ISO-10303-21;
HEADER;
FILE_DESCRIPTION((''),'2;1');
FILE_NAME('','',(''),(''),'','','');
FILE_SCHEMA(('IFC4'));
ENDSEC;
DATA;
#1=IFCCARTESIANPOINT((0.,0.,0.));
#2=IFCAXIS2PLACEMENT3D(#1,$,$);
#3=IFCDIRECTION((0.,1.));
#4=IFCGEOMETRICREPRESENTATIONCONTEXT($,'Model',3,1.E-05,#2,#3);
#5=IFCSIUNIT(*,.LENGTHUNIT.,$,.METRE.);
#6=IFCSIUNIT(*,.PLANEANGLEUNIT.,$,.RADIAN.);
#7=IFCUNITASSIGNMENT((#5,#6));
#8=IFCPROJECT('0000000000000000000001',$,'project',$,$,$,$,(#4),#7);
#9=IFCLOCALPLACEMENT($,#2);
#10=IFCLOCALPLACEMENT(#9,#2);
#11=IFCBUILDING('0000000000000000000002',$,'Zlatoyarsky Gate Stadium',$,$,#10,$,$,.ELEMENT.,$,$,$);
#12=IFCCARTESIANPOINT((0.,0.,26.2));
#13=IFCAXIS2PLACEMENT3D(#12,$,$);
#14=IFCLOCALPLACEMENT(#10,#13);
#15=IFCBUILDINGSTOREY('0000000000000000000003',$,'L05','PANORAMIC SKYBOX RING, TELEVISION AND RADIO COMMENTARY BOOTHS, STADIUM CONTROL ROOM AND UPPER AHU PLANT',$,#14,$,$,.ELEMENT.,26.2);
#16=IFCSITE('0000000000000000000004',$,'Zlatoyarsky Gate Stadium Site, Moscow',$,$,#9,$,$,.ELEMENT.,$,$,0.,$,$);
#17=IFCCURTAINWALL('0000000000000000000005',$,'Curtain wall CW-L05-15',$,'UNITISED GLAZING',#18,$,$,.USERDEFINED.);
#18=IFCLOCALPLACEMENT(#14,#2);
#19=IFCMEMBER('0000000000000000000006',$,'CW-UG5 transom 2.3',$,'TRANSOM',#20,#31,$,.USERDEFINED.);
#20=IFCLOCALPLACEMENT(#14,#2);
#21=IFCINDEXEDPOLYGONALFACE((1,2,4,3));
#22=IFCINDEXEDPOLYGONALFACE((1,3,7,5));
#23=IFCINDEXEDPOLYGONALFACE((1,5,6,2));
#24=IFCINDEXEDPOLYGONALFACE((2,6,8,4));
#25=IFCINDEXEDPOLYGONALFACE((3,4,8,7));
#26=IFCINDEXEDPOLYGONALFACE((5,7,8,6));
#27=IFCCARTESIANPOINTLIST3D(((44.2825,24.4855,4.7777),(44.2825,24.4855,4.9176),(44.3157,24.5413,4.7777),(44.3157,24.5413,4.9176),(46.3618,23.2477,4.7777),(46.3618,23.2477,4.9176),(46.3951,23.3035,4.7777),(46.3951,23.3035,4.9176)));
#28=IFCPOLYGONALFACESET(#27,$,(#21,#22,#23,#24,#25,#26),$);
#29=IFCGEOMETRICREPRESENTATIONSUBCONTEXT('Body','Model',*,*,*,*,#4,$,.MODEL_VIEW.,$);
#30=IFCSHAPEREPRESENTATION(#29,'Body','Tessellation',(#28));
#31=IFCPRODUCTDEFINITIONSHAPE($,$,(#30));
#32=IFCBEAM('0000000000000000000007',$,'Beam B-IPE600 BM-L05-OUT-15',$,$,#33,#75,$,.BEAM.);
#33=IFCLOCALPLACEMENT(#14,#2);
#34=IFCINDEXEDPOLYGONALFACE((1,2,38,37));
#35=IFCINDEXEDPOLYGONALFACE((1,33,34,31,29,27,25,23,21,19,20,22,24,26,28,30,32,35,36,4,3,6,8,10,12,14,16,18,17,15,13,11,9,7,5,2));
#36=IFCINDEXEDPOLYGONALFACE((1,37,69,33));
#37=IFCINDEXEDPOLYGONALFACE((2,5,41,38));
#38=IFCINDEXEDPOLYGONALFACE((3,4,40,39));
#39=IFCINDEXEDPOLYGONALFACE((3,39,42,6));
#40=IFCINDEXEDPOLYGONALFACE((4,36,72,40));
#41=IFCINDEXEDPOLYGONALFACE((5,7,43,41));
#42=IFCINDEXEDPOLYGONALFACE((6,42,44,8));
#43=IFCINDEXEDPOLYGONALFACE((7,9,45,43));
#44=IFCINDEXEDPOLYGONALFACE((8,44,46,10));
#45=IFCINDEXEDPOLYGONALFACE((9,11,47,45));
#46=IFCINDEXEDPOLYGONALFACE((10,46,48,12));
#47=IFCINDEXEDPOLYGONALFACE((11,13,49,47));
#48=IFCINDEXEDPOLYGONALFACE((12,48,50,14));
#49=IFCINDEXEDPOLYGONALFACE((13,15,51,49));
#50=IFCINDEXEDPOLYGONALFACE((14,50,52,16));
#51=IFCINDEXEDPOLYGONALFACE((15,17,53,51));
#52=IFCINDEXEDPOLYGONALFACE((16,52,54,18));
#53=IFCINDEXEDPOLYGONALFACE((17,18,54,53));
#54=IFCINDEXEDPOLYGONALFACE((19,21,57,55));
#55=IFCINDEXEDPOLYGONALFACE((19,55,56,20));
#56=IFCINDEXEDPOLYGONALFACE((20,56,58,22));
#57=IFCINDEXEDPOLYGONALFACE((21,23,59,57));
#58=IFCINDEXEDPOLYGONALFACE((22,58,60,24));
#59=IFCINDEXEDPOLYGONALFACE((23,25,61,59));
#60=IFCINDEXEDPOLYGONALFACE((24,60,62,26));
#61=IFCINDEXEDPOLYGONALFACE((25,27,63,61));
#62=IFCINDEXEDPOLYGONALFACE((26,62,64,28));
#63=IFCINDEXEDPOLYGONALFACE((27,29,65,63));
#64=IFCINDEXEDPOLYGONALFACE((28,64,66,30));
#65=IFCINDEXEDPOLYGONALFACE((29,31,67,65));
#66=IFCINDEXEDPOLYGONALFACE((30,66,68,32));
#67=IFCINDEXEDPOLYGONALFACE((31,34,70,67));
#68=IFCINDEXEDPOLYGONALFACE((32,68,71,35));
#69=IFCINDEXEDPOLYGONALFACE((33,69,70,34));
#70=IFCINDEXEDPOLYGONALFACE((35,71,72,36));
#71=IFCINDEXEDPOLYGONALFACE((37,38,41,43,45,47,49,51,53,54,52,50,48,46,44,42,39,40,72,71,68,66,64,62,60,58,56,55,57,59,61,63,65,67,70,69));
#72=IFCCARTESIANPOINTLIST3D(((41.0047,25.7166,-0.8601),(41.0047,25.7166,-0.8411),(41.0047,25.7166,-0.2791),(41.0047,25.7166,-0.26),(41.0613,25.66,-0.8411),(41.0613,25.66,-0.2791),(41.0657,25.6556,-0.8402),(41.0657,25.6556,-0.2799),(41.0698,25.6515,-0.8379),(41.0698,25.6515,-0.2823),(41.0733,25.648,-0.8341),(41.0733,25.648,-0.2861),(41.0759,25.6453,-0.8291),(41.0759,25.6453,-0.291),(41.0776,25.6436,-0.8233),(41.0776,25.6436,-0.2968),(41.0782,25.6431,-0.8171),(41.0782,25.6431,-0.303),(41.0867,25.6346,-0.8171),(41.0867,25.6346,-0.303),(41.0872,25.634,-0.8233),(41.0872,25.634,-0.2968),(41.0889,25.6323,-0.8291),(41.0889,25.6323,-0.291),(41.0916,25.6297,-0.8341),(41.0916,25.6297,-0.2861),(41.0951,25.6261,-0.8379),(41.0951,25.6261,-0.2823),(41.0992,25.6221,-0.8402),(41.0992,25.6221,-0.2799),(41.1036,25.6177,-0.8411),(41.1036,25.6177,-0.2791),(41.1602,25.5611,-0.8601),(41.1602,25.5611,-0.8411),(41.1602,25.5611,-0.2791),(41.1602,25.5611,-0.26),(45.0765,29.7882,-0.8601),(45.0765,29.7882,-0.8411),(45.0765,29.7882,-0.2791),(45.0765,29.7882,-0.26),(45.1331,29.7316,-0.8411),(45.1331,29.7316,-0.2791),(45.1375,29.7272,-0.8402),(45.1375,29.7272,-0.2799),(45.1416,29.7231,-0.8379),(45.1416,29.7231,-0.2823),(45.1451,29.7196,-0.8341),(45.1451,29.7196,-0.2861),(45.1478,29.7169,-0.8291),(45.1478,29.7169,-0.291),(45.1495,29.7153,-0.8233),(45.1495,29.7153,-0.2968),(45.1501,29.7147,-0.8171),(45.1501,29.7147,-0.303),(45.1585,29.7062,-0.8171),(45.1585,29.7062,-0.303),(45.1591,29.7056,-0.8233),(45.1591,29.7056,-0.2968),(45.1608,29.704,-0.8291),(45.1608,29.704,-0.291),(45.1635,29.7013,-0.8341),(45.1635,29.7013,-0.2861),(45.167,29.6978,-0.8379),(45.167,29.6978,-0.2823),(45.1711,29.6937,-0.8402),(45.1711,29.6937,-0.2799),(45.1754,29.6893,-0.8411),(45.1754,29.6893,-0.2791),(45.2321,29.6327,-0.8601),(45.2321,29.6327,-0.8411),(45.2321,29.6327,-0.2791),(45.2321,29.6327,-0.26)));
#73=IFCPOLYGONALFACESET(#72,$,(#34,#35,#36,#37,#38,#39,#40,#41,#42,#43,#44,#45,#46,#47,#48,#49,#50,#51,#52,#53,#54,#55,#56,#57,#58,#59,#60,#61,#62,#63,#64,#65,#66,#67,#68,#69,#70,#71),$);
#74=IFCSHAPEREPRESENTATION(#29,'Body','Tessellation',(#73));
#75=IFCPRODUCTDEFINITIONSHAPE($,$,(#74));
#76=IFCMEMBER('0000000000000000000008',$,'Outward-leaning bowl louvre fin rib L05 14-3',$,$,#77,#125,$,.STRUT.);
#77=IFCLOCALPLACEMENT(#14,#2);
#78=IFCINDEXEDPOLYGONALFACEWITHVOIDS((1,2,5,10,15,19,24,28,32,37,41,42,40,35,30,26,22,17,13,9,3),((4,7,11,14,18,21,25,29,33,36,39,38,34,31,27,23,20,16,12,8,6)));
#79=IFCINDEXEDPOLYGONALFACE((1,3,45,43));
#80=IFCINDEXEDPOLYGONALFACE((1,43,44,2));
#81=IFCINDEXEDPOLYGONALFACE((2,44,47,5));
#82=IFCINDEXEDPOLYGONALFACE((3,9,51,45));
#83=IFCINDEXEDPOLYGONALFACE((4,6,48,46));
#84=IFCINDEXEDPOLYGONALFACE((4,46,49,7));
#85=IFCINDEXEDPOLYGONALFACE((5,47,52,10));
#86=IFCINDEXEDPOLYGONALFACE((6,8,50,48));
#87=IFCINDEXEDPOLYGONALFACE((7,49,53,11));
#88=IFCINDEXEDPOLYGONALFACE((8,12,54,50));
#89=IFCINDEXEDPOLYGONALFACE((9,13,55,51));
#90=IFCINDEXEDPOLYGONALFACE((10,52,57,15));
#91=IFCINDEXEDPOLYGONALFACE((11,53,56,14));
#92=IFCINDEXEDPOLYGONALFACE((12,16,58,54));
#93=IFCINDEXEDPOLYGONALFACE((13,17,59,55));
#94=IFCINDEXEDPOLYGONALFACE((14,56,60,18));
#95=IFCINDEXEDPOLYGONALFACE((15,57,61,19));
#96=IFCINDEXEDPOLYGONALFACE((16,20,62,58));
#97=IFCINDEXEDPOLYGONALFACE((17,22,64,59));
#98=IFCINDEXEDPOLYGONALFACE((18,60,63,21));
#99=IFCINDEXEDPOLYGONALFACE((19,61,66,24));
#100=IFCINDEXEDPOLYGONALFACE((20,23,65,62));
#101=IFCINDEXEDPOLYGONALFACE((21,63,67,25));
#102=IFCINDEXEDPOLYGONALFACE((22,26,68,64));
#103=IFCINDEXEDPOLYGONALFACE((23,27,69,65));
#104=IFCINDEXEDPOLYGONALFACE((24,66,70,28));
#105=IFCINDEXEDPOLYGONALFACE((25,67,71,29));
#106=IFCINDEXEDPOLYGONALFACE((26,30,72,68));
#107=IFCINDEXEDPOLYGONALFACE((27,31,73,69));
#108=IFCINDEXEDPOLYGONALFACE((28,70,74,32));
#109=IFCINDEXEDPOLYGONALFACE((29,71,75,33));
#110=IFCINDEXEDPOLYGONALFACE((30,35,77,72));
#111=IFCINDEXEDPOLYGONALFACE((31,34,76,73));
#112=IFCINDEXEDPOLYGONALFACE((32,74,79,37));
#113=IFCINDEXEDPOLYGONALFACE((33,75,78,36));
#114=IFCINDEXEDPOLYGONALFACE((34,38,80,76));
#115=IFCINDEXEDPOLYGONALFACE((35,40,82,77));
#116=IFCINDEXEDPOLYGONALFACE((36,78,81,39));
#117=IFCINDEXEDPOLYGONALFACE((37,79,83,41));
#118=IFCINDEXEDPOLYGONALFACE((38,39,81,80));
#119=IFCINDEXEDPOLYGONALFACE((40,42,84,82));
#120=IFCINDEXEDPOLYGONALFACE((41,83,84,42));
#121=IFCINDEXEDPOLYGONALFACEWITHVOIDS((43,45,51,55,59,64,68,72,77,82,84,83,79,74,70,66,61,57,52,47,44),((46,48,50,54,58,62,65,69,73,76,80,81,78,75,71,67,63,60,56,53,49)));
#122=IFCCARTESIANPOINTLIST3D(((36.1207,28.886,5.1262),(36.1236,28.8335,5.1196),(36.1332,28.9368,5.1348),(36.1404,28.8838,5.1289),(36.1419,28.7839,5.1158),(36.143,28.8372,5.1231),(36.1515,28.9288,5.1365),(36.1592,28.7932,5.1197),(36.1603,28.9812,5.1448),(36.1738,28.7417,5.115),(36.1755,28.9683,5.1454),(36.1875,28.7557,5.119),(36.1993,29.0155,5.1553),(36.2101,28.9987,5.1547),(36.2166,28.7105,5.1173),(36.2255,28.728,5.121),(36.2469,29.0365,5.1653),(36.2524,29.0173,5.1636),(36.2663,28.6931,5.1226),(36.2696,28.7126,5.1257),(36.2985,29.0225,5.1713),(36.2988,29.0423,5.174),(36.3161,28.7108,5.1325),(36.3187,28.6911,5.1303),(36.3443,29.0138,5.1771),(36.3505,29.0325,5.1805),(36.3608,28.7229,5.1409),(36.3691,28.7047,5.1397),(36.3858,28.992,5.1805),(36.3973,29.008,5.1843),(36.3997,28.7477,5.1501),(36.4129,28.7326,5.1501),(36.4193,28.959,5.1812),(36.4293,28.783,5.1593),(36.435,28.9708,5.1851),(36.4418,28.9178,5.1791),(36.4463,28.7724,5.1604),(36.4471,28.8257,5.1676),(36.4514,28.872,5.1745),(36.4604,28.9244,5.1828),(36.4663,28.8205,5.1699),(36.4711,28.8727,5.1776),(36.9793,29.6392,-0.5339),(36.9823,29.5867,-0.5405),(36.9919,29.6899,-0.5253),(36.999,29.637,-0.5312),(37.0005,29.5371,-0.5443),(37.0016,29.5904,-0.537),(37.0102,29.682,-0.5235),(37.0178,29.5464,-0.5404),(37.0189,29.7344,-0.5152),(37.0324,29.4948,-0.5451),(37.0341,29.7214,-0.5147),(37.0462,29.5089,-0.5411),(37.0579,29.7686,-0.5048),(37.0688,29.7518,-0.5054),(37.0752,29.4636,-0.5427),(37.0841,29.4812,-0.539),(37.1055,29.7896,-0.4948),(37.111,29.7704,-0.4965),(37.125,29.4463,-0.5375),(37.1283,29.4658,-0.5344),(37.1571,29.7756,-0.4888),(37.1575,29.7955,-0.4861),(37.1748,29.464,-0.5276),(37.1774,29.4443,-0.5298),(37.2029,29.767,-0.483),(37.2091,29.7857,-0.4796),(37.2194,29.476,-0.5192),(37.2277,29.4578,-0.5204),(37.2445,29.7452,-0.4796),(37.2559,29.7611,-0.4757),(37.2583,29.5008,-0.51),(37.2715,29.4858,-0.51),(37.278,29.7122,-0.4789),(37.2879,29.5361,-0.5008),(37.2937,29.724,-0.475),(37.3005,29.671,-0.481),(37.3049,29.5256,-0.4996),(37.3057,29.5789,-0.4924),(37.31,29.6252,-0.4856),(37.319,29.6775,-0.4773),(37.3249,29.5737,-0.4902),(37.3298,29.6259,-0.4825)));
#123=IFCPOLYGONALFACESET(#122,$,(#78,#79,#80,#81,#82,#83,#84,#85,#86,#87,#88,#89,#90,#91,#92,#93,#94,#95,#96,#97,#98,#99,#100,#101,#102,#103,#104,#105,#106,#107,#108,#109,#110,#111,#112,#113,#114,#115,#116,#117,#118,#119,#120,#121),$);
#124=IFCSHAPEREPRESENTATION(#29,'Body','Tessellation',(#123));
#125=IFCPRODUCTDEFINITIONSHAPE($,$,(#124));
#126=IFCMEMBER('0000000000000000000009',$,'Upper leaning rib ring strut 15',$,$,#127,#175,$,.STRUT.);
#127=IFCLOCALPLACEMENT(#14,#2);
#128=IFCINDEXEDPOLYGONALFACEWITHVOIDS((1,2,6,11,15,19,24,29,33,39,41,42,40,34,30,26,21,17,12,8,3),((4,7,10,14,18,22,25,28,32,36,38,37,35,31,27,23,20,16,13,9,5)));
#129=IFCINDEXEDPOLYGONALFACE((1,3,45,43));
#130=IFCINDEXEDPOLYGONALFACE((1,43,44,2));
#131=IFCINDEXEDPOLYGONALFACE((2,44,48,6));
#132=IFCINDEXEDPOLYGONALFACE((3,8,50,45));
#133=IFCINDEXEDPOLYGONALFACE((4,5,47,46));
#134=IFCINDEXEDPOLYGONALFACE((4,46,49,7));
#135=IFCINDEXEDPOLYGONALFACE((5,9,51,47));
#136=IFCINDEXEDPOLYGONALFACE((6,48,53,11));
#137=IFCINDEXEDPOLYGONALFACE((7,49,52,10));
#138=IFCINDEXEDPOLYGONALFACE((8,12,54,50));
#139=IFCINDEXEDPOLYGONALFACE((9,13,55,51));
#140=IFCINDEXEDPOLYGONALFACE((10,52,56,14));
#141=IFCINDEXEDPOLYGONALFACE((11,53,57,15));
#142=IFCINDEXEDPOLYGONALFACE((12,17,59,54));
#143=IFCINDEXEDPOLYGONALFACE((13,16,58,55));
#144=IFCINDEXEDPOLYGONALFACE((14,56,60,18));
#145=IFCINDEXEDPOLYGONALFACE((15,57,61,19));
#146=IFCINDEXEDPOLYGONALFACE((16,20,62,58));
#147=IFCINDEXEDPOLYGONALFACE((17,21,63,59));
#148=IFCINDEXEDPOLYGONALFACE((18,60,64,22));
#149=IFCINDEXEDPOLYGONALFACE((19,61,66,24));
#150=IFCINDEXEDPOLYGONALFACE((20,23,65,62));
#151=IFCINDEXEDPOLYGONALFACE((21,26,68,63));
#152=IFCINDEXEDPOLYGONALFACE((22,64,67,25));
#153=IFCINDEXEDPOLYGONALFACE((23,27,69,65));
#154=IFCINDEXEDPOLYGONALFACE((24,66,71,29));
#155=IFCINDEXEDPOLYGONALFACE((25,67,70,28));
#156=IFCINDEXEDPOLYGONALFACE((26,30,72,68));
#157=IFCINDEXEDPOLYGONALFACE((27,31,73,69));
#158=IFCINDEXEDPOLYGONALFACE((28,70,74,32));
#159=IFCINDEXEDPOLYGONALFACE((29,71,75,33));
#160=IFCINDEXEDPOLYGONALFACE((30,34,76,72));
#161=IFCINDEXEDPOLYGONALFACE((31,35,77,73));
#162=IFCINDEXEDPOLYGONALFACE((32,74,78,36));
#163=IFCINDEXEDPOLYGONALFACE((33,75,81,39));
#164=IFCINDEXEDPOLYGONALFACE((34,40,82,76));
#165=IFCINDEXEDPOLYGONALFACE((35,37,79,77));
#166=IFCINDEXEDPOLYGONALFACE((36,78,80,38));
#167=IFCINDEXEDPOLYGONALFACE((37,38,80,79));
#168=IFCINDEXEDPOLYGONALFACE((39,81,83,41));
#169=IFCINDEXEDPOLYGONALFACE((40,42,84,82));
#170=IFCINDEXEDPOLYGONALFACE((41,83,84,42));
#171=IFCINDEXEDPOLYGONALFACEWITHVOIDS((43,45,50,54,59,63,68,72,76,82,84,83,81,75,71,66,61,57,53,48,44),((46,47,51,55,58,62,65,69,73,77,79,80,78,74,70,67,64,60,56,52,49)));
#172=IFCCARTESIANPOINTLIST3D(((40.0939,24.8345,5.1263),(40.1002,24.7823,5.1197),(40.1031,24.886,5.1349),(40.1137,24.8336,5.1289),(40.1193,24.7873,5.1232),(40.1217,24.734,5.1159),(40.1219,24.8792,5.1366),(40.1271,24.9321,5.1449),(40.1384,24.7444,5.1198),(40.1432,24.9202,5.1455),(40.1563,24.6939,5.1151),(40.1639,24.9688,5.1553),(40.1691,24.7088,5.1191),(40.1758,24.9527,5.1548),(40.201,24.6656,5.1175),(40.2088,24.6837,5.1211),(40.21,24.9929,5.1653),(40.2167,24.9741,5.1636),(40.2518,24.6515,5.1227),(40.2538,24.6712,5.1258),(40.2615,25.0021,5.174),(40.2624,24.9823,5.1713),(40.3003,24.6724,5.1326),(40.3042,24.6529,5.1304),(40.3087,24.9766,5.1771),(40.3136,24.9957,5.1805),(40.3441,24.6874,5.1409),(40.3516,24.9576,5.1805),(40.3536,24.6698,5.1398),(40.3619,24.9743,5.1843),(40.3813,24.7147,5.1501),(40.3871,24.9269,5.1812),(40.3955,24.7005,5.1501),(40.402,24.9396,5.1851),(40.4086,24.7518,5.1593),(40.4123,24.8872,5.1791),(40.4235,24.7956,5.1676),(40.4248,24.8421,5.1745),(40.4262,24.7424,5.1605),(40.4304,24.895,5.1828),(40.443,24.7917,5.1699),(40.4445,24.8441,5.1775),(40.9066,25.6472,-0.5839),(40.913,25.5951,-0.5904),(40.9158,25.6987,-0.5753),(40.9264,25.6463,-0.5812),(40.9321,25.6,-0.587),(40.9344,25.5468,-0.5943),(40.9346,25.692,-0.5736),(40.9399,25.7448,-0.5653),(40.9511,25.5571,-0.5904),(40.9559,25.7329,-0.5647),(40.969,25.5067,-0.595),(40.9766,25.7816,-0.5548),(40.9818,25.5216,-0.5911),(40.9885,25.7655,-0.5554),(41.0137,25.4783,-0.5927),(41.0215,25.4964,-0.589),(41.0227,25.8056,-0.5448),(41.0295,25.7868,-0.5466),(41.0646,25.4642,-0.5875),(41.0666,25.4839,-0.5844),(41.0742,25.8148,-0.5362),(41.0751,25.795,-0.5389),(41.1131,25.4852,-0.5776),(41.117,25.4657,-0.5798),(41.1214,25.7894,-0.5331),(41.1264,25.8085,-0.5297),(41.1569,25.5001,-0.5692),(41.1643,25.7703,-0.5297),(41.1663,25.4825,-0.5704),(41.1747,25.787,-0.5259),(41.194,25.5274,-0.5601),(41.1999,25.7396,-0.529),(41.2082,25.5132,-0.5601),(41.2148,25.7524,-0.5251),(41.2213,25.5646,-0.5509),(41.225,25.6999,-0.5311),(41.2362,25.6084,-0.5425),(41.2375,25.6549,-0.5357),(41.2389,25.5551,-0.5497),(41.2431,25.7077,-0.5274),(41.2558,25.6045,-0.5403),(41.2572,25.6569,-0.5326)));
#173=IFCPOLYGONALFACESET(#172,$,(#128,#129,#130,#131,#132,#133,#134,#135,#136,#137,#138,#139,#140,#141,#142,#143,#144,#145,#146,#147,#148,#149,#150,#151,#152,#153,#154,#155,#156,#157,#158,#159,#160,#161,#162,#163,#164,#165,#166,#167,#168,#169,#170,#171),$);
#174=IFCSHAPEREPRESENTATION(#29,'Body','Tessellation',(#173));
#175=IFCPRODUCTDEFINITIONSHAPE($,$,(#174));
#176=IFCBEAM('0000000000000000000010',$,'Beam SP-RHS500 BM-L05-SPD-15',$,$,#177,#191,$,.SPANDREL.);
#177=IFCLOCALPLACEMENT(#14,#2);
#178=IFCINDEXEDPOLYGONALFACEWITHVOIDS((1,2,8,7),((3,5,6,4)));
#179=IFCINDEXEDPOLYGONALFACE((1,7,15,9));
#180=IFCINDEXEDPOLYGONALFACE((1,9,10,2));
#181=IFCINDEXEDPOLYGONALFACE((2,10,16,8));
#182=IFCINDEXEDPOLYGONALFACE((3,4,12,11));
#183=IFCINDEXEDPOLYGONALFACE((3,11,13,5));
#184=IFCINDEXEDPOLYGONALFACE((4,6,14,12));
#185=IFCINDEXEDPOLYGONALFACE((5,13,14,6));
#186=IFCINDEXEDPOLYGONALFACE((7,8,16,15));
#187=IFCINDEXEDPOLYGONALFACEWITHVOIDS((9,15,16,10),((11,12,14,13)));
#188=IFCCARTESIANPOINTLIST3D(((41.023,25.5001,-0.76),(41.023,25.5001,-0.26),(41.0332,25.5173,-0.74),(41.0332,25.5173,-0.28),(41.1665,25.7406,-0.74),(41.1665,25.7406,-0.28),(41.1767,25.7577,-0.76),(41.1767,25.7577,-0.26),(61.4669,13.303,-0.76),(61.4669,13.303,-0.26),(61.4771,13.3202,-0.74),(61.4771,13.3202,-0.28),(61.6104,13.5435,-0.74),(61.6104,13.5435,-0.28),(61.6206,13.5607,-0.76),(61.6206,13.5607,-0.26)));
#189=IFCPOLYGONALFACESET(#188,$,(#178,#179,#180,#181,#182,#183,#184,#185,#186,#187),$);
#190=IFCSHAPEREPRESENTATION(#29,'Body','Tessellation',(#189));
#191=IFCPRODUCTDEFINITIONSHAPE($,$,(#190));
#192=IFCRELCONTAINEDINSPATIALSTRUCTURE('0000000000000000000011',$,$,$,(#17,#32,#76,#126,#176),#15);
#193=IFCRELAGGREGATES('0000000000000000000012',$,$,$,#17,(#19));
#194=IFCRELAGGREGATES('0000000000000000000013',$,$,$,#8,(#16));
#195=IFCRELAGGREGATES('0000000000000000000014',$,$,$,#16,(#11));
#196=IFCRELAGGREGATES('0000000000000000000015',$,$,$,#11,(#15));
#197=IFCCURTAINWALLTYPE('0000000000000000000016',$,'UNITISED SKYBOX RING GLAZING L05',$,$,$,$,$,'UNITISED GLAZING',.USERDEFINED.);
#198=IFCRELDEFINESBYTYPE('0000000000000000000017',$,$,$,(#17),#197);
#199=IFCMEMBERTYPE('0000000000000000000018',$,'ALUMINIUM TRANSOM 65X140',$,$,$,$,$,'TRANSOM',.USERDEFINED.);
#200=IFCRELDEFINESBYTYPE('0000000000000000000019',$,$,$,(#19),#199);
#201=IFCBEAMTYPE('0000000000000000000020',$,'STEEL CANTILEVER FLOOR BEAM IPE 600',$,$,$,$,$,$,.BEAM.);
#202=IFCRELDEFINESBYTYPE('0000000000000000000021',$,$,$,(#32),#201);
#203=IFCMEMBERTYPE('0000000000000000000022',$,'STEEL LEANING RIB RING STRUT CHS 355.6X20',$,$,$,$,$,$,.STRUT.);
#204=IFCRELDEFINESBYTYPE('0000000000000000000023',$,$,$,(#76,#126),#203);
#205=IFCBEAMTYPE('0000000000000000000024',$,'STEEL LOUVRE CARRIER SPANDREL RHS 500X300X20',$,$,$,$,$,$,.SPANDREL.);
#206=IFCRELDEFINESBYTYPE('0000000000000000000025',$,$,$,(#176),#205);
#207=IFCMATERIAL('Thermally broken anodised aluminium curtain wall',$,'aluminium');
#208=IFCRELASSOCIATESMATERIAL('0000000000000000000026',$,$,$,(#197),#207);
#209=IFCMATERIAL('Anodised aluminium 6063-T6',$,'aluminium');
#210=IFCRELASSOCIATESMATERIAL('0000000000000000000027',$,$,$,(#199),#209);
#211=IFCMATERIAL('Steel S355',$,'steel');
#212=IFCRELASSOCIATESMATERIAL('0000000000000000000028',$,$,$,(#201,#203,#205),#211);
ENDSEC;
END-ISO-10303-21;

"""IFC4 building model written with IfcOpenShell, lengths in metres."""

from ifc_helpers import new_model, si_unit, direction, frame, origin, origin_2d, place, context, subcontext, project, spatial, rectangle, hollow_rectangle, hollow_circle, i_section, extrude, material, material_profile, profile_set, type_object, element, aggregate, save


model = new_model("IFC4")

# Units and contexts
model_context = context("Model", 3, precision=1e-05, world=origin(), true_north=direction((0.0, 1.0)))
body_context = subcontext(model_context, "Body", "Model", "MODEL_VIEW")
ifc_project = project(units=[si_unit("LENGTHUNIT", "METRE"), si_unit("PLANEANGLEUNIT", "RADIAN")], contexts=[model_context])

# Site, building, storey
site_placement = place(None, origin())
site = spatial("IfcSite", under=ifc_project, at=site_placement, Name="Zlatoyarsky Gate Stadium Site, Moscow", CompositionType="ELEMENT", RefElevation=0.0)
building_placement = place(site_placement, origin())
building = spatial("IfcBuilding", under=site, at=building_placement, Name="Zlatoyarsky Gate Stadium", CompositionType="ELEMENT")
storey_placement = place(building_placement, frame((0.0, 0.0, 26.2)))
storey = spatial("IfcBuildingStorey", under=building, at=storey_placement, Name="L05", Description="PANORAMIC SKYBOX RING, TELEVISION AND RADIO COMMENTARY BOOTHS, STADIUM CONTROL ROOM AND UPPER AHU PLANT", CompositionType="ELEMENT", Elevation=26.2)

# Curtain wall
ifc_material_1 = material(Name="Thermally broken anodised aluminium curtain wall", Category="aluminium")
curtain_wall_type = type_object("IfcCurtainWallType", Name="UNITISED SKYBOX RING GLAZING L05", ElementType="UNITISED GLAZING", PredefinedType="USERDEFINED", material=ifc_material_1)
ifc_material_2 = material(Name="Anodised aluminium 6063-T6", Category="aluminium")
curtain_wall_1_placement = place(storey_placement, origin())
curtain_wall_1 = element("IfcCurtainWall", 1, at=curtain_wall_1_placement, inside=storey, type_object=curtain_wall_type, Name="Curtain wall CW-L05-15", ObjectType="UNITISED GLAZING", PredefinedType="USERDEFINED")

# Member
ifc_material_profile_1 = material_profile(ifc_material_2, rectangle(XDim=0.0649, YDim=0.1399, at=origin_2d()), Name="ALU 65X140")
ifc_profile_set_1 = profile_set([ifc_material_profile_1], Name="Anodised aluminium 6063-T6")
member_type_1 = type_object("IfcMemberType", Name="ALUMINIUM TRANSOM 65X140", ElementType="TRANSOM", PredefinedType="USERDEFINED", material=ifc_profile_set_1)
member_1_placement = place(storey_placement, frame((44.2991, 24.5134, 4.8477), z_axis=(0.859277, -0.51151, 0.0), x_axis=(0.51151, 0.859277, 0.0)))
member_1 = element("IfcMember", 2, at=member_1_placement, type_object=member_type_1, Name="CW-UG5 transom 2.3", ObjectType="TRANSOM", PredefinedType="USERDEFINED", context=body_context, shape_type="SweptSolid", body=[
    extrude(rectangle(XDim=0.0649, YDim=0.1399, at=origin_2d()), origin(), (0.0, 0.0, 1.0), 2.4199),
])

# Beam
ifc_material_3 = material(Name="Steel S355", Category="steel")
ifc_material_profile_2 = material_profile(ifc_material_3, i_section(OverallWidth=0.22, OverallDepth=0.6001, WebThickness=0.012, FlangeThickness=0.019, FilletRadius=0.0239, at=origin_2d()), Name="IPE 600")
ifc_profile_set_2 = profile_set([ifc_material_profile_2], Name="Steel S355")
beam_type_1 = type_object("IfcBeamType", Name="STEEL CANTILEVER FLOOR BEAM IPE 600", PredefinedType="BEAM", material=ifc_profile_set_2)
beam_1_placement = place(storey_placement, frame((45.1543, 29.7104, -0.5601), z_axis=(-0.707128, -0.707086, 0.0), x_axis=(0.707086, -0.707128, 0.0)))
element("IfcBeam", 3, at=beam_1_placement, inside=storey, type_object=beam_type_1, Name="Beam B-IPE600 BM-L05-OUT-15", PredefinedType="BEAM", context=body_context, shape_type="SweptSolid", body=[
    extrude(i_section(OverallWidth=0.22, OverallDepth=0.6001, WebThickness=0.012, FlangeThickness=0.019, FilletRadius=0.0239, at=origin_2d()), origin(), (0.0, 0.0, 1.0), 5.7583),
])

# Members
ifc_material_profile_3 = material_profile(ifc_material_3, hollow_circle(Radius=0.1777, WallThickness=0.02, at=origin_2d()), Name="CHS 355.6X20")
ifc_profile_set_3 = profile_set([ifc_material_profile_3], Name="Steel S355")
member_type_2 = type_object("IfcMemberType", Name="STEEL LEANING RIB RING STRUT CHS 355.6X20", PredefinedType="STRUT", material=ifc_profile_set_3)
member_2_placement = place(storey_placement, frame((37.1543, 29.6194, -0.51), z_axis=(-0.148702, -0.130437, 0.980242), x_axis=(0.659427, -0.751768, 0.0)))
element("IfcMember", 4, at=member_2_placement, inside=storey, type_object=member_type_2, Name="Outward-leaning bowl louvre fin rib L05 14-3", PredefinedType="STRUT", context=body_context, shape_type="SweptSolid", body=[
    extrude(hollow_circle(Radius=0.1777, WallThickness=0.02, at=origin_2d()), origin(), (0.0, 0.0, 1.0), 5.7742),
])
member_3_placement = place(storey_placement, frame((41.0825, 25.6389, -0.5601), z_axis=(-0.139533, -0.139533, 0.980337), x_axis=(0.707107, -0.707107, 0.0)))
element("IfcMember", 5, at=member_3_placement, inside=storey, type_object=member_type_2, Name="Upper leaning rib ring strut 15", PredefinedType="STRUT", context=body_context, shape_type="SweptSolid", body=[
    extrude(hollow_circle(Radius=0.1777, WallThickness=0.02, at=origin_2d()), origin(), (0.0, 0.0, 1.0), 5.8247),
])

# Beam
ifc_material_profile_4 = material_profile(ifc_material_3, hollow_rectangle(XDim=0.3, YDim=0.5, WallThickness=0.02, at=origin_2d()), Name="RHS 500X300X20")
ifc_profile_set_4 = profile_set([ifc_material_profile_4], Name="Steel S355")
beam_type_2 = type_object("IfcBeamType", Name="STEEL LOUVRE CARRIER SPANDREL RHS 500X300X20", PredefinedType="SPANDREL", material=ifc_profile_set_4)
beam_2_placement = place(storey_placement, frame((41.0999, 25.6289, -0.51), z_axis=(0.858774, -0.512354, 0.0), x_axis=(0.512354, 0.858774, 0.0)))
element("IfcBeam", 6, at=beam_2_placement, inside=storey, type_object=beam_type_2, Name="Beam SP-RHS500 BM-L05-SPD-15", PredefinedType="SPANDREL", context=body_context, shape_type="SweptSolid", body=[
    extrude(hollow_rectangle(XDim=0.3, YDim=0.5, WallThickness=0.02, at=origin_2d()), origin(), (0.0, 0.0, 1.0), 23.8059),
])

aggregate(curtain_wall_1, [member_1])

save(model, "model.ifc")
